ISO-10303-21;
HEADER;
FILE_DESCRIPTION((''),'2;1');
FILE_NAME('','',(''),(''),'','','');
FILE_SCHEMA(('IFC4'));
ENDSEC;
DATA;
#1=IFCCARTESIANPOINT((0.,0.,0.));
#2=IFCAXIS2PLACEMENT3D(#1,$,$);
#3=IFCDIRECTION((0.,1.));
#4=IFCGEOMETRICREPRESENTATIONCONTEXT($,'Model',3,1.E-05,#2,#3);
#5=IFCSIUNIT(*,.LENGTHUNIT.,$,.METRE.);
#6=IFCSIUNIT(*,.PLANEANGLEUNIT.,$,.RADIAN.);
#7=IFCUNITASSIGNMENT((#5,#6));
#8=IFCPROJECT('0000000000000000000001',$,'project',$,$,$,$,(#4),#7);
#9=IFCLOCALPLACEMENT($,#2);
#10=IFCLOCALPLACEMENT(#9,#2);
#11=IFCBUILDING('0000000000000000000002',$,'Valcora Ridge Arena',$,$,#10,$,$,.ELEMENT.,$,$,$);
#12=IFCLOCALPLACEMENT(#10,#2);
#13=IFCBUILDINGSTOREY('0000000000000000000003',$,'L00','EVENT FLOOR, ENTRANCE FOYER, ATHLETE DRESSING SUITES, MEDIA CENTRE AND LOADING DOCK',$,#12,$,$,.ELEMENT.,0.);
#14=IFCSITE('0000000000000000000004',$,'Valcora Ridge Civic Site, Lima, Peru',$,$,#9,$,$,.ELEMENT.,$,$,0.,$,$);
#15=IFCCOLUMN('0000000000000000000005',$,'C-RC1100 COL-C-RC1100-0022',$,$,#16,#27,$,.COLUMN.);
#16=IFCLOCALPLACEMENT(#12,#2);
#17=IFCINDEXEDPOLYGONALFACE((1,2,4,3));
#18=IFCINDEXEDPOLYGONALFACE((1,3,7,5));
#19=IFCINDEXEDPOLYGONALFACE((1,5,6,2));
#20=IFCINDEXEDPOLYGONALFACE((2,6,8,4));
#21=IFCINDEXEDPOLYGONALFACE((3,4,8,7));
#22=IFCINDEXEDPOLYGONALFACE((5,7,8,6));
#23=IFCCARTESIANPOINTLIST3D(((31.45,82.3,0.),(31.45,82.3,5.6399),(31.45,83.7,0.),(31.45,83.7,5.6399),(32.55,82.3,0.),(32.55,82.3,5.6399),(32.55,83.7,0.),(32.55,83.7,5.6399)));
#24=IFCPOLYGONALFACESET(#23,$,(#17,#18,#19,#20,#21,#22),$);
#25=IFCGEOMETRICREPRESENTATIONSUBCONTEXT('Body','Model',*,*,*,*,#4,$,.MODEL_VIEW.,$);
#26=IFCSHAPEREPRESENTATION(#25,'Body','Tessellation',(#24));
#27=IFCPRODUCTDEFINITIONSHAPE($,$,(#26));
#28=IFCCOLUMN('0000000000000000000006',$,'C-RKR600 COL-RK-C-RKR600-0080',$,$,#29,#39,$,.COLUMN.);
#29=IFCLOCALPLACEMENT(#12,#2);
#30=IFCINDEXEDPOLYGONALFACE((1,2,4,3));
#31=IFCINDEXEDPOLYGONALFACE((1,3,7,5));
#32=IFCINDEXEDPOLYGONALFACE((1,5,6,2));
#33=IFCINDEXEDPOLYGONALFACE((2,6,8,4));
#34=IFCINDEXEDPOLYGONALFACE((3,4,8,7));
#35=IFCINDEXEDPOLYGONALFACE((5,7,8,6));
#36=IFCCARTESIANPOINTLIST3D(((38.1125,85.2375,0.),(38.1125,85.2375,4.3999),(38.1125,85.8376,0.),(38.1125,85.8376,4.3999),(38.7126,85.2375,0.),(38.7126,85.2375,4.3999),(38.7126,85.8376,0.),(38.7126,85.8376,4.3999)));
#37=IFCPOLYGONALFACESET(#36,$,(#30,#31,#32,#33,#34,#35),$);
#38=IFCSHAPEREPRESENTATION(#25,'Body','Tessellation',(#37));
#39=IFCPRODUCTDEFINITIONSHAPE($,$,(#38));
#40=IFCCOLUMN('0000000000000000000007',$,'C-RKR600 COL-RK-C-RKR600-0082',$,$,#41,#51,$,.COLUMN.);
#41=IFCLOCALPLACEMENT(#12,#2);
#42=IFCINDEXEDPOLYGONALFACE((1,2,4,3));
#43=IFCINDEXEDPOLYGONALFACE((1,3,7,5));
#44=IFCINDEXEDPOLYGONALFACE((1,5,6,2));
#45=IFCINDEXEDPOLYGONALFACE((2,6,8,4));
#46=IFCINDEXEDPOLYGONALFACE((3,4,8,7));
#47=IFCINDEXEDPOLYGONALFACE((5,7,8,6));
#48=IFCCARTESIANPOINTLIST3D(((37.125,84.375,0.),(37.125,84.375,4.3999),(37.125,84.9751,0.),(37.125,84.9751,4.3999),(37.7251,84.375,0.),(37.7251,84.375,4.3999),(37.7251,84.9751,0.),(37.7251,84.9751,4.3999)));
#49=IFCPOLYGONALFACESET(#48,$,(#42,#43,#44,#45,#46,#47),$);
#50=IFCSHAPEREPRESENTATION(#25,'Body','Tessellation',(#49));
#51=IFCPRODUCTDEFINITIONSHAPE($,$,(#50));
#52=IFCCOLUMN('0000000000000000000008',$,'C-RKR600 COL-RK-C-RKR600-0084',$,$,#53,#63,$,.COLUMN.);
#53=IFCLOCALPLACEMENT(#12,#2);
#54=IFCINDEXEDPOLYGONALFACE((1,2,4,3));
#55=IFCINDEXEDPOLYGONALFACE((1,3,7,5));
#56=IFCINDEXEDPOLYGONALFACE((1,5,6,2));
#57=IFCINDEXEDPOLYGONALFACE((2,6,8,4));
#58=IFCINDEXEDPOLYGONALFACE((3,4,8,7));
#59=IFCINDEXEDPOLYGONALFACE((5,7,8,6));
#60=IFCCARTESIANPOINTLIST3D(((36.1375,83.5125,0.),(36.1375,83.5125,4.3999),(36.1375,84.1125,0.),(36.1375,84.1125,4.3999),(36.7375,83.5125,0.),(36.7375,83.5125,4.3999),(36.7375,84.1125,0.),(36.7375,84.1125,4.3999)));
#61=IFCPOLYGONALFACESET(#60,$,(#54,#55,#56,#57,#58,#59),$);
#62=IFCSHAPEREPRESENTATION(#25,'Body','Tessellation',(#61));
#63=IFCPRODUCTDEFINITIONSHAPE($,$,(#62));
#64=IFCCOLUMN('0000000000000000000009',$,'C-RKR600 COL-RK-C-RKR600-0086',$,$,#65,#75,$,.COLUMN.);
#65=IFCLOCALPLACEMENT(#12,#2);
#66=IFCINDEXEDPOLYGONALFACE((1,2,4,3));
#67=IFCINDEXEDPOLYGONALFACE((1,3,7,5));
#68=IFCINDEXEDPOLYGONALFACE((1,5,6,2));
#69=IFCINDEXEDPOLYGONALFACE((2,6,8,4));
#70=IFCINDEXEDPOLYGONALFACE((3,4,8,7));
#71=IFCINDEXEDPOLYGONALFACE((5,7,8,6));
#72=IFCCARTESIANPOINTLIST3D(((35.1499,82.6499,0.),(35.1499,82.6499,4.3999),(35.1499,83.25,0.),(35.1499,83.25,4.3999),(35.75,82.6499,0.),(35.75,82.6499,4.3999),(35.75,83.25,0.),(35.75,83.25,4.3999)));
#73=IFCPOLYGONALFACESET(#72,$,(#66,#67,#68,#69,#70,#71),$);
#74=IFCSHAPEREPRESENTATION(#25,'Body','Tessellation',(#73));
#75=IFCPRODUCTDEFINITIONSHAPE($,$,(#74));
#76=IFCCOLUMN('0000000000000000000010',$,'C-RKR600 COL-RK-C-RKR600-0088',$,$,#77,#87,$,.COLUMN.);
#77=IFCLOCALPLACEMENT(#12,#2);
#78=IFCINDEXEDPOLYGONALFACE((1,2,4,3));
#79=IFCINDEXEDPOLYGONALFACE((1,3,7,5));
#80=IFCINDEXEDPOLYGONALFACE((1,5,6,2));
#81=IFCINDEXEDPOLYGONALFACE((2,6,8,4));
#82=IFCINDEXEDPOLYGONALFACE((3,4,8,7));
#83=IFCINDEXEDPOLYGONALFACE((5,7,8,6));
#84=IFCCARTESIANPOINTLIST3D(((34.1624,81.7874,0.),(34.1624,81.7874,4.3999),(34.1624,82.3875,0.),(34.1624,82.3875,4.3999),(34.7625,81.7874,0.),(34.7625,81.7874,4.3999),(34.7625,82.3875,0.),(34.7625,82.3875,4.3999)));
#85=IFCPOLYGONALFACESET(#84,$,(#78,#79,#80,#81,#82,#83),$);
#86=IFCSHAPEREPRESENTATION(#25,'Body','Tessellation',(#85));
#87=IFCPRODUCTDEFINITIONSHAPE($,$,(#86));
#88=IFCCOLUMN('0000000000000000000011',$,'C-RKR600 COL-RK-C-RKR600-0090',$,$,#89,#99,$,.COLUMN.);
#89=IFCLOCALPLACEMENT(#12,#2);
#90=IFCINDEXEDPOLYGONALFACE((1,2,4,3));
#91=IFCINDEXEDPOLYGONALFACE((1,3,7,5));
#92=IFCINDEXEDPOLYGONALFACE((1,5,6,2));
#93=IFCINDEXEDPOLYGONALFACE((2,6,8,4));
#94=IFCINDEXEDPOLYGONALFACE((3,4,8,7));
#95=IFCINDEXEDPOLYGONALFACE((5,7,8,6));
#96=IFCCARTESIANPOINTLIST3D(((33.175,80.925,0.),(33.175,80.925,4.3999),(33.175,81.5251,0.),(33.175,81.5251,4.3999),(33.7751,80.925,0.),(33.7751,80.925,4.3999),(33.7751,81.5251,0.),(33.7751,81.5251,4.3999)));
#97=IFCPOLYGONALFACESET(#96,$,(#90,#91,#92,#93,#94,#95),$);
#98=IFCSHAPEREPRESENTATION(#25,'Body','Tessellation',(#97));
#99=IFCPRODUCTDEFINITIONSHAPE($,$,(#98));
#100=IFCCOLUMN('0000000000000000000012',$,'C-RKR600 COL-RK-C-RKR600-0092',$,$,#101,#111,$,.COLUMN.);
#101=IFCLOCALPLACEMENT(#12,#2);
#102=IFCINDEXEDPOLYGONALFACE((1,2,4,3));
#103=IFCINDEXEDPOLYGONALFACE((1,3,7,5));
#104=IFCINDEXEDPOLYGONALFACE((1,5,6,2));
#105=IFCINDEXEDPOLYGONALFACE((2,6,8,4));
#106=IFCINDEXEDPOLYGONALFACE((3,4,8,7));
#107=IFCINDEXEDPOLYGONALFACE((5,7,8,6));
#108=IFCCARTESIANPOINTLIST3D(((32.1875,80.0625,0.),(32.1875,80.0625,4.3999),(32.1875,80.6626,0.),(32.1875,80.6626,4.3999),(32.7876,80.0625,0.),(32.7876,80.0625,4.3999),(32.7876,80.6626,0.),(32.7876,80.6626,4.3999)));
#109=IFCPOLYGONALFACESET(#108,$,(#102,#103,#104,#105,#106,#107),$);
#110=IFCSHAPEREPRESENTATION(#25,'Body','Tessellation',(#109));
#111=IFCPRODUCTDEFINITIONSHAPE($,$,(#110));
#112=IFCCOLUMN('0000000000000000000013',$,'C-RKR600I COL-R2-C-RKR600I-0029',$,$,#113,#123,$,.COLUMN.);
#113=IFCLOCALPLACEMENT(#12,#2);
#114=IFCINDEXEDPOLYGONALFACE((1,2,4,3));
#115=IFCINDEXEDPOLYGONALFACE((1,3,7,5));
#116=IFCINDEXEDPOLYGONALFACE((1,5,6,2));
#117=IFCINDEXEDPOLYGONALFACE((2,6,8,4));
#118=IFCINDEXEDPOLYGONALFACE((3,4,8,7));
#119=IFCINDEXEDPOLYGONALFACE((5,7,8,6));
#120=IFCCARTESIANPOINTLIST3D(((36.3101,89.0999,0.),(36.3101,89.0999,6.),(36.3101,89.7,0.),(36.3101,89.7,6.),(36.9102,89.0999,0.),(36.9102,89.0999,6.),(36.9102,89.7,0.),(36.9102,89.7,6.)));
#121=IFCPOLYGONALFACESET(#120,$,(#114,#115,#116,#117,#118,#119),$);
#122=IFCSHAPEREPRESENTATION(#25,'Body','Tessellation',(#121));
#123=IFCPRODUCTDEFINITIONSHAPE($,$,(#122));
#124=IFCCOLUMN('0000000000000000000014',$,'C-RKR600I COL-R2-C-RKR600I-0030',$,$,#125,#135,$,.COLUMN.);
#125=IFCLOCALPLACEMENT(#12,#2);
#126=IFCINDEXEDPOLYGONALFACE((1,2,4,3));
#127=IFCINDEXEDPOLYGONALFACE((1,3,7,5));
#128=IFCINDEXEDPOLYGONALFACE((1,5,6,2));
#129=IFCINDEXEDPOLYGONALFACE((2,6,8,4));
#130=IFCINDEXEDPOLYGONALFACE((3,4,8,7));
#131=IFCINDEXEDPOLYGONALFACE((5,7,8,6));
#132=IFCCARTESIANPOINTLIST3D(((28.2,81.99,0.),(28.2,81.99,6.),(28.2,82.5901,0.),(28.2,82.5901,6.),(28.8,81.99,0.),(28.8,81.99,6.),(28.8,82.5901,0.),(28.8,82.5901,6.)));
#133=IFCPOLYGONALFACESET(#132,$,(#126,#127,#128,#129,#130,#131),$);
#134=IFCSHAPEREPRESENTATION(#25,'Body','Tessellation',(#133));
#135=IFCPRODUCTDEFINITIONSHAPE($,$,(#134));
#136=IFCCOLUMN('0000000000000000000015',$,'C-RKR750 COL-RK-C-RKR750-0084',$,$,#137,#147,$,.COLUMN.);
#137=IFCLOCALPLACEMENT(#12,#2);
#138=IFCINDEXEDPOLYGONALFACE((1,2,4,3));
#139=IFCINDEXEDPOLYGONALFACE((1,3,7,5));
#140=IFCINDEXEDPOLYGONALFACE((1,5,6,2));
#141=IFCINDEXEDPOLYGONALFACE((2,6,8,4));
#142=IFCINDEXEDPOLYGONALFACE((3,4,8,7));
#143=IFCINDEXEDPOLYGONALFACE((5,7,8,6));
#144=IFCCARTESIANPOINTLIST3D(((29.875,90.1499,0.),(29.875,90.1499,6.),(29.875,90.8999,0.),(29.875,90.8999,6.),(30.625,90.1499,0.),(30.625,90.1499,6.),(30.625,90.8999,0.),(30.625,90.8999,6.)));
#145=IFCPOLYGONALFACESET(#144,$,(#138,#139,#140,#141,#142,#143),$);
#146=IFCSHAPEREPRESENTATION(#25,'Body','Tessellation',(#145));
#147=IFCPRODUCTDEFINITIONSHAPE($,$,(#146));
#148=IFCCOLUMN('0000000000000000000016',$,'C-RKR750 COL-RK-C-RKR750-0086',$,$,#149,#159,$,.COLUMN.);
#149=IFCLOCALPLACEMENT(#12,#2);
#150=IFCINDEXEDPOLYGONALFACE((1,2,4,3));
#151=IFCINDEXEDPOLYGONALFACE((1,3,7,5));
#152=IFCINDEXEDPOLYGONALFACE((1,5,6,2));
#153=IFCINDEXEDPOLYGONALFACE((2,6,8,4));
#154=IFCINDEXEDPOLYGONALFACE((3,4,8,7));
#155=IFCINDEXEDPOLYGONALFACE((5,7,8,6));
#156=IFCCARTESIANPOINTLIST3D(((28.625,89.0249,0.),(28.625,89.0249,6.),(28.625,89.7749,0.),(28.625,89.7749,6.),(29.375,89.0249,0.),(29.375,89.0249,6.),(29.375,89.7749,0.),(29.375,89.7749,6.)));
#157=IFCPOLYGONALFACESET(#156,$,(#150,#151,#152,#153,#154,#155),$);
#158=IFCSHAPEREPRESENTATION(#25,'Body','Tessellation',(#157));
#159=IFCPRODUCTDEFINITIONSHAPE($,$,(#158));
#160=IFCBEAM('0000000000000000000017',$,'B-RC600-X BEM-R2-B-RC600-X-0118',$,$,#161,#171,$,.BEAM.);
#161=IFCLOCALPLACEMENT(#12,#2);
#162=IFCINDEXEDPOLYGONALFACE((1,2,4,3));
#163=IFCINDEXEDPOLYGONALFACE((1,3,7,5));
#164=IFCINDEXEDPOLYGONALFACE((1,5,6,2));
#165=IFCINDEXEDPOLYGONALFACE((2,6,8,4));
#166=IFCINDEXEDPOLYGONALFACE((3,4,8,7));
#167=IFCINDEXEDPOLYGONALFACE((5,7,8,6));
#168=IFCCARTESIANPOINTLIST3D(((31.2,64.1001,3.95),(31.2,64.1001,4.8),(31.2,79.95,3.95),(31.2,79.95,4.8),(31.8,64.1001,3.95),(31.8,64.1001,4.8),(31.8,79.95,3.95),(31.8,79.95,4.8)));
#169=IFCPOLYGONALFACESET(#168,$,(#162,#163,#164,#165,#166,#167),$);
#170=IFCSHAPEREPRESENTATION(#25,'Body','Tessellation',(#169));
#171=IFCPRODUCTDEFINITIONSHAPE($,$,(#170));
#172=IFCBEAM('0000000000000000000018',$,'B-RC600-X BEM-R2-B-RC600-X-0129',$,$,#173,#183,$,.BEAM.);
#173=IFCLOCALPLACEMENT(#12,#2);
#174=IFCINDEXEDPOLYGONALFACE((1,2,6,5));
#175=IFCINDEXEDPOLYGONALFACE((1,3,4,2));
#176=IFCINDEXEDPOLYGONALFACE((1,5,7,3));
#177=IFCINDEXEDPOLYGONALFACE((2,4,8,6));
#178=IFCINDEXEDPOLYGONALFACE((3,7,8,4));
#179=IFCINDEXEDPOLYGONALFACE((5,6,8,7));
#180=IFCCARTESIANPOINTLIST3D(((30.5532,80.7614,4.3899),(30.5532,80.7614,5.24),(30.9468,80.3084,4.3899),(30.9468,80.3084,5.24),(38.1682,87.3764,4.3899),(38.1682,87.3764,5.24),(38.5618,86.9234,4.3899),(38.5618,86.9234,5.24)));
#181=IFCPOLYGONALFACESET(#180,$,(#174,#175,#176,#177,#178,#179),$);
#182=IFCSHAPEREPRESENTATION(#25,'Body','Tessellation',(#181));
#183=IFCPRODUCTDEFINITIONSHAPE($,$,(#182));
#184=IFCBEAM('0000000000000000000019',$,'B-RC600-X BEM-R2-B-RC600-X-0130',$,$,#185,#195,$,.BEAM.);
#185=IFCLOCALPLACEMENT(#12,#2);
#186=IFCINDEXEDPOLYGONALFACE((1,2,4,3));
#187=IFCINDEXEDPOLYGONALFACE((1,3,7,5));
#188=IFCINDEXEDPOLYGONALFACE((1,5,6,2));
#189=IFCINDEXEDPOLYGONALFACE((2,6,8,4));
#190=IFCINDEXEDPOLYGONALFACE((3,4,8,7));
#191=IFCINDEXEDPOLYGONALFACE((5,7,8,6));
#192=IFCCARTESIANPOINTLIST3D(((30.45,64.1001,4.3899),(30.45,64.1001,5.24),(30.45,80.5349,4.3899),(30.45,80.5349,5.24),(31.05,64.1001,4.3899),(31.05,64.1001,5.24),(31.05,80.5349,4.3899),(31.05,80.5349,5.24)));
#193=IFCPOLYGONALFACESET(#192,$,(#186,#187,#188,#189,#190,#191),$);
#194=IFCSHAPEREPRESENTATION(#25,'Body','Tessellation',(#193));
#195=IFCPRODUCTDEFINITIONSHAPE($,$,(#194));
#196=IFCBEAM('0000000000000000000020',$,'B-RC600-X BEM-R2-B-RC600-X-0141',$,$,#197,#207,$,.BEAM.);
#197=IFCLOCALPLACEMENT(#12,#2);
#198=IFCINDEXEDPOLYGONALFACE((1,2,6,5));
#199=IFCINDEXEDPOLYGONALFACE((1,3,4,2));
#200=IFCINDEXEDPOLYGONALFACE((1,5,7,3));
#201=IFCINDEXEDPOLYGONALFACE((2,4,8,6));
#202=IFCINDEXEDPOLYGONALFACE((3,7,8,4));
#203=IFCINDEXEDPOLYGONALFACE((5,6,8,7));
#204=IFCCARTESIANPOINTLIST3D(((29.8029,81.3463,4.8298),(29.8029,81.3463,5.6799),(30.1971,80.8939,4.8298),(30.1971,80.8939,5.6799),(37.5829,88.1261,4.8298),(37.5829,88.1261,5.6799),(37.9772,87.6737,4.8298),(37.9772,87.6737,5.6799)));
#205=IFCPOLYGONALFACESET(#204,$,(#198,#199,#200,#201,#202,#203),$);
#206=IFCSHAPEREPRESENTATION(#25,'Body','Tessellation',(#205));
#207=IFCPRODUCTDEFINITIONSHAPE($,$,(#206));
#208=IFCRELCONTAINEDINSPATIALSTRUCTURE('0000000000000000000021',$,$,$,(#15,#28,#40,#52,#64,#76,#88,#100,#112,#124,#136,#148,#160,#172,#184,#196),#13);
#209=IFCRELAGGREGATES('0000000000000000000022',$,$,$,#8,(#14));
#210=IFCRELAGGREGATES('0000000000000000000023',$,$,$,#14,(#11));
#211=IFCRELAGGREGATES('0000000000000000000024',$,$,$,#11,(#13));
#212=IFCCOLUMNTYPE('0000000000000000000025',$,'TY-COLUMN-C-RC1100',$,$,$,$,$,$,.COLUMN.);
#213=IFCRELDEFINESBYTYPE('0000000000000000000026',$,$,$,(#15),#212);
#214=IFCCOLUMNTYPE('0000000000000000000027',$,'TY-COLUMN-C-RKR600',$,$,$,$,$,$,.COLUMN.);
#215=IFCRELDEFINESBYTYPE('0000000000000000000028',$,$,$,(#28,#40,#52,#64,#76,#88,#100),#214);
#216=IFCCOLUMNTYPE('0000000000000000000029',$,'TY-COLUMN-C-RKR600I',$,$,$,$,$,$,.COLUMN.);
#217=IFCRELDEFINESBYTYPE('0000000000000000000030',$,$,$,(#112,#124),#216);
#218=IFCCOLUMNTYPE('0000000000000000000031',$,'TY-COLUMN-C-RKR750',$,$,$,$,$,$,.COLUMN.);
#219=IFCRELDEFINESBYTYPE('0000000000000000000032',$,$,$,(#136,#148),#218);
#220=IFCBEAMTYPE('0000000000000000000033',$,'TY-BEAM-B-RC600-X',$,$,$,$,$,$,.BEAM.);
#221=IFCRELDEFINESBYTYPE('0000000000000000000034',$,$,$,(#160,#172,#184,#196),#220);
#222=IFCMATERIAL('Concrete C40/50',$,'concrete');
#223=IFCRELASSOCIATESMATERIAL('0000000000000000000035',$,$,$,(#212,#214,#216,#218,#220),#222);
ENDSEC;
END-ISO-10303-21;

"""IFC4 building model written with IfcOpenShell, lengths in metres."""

from ifc_helpers import new_model, si_unit, direction, frame, origin, origin_2d, place, context, subcontext, project, spatial, rectangle, extrude, material, material_profile, profile_set, type_object, element, save


model = new_model("IFC4")

# Units and contexts
model_context = context("Model", 3, precision=1e-05, world=origin(), true_north=direction((0.0, 1.0)))
body_context = subcontext(model_context, "Body", "Model", "MODEL_VIEW")
ifc_project = project(units=[si_unit("LENGTHUNIT", "METRE"), si_unit("PLANEANGLEUNIT", "RADIAN")], contexts=[model_context])

# Site, building, storey
site_placement = place(None, origin())
site = spatial("IfcSite", under=ifc_project, at=site_placement, Name="Valcora Ridge Civic Site, Lima, Peru", CompositionType="ELEMENT", RefElevation=0.0)
building_placement = place(site_placement, origin())
building = spatial("IfcBuilding", under=site, at=building_placement, Name="Valcora Ridge Arena", CompositionType="ELEMENT")
storey_placement = place(building_placement, origin())
storey = spatial("IfcBuildingStorey", under=building, at=storey_placement, Name="L00", Description="EVENT FLOOR, ENTRANCE FOYER, ATHLETE DRESSING SUITES, MEDIA CENTRE AND LOADING DOCK", CompositionType="ELEMENT", Elevation=0.0)

# Columns
ifc_material_1 = material(Name="Concrete C40/50", Category="concrete")
ifc_material_profile_1 = material_profile(ifc_material_1, rectangle(XDim=1.1001, YDim=1.3999, at=origin_2d()), Name="RC 1100x1400")
ifc_profile_set_1 = profile_set([ifc_material_profile_1], Name="Concrete C40/50")
column_type_1 = type_object("IfcColumnType", Name="TY-COLUMN-C-RC1100", PredefinedType="COLUMN", material=ifc_profile_set_1)
column_placement = place(storey_placement, frame((32.0, 83.0, 0.0), z_axis=(0.0, 0.0, 1.0), x_axis=(1.0, 0.0, 0.0)))
element("IfcColumn", 1, at=column_placement, inside=storey, type_object=column_type_1, Name="C-RC1100 COL-C-RC1100-0022", PredefinedType="COLUMN", context=body_context, shape_type="SweptSolid", body=[
    extrude(rectangle(XDim=1.1001, YDim=1.3999, at=origin_2d()), origin(), (0.0, 0.0, 1.0), 5.6399),
])
ifc_material_profile_2 = material_profile(ifc_material_1, rectangle(XDim=0.6001, YDim=0.6001, at=origin_2d()), Name="RC 600x600")
ifc_profile_set_2 = profile_set([ifc_material_profile_2], Name="Concrete C40/50")
column_type_2 = type_object("IfcColumnType", Name="TY-COLUMN-C-RKR600", PredefinedType="COLUMN", material=ifc_profile_set_2)
for number, where, z_axis, x_axis, name in (
    (2, (38.4126, 85.5376, 0.0), (0.0, 0.0, 1.0), (1.0, 0.0, 0.0), "C-RKR600 COL-RK-C-RKR600-0080"),
    (3, (37.425, 84.675, 0.0), (0.0, 0.0, 1.0), (1.0, 0.0, 0.0), "C-RKR600 COL-RK-C-RKR600-0082"),
    (4, (36.4375, 83.8125, 0.0), (0.0, 0.0, 1.0), (1.0, 0.0, 0.0), "C-RKR600 COL-RK-C-RKR600-0084"),
    (5, (35.45, 82.95, 0.0), (0.0, 0.0, 1.0), (1.0, 0.0, 0.0), "C-RKR600 COL-RK-C-RKR600-0086"),
    (6, (34.4624, 82.0874, 0.0), (0.0, 0.0, 1.0), (1.0, 0.0, 0.0), "C-RKR600 COL-RK-C-RKR600-0088"),
    (7, (33.4751, 81.2251, 0.0), (0.0, 0.0, 1.0), (1.0, 0.0, 0.0), "C-RKR600 COL-RK-C-RKR600-0090"),
    (8, (32.4875, 80.3625, 0.0), (0.0, 0.0, 1.0), (1.0, 0.0, 0.0), "C-RKR600 COL-RK-C-RKR600-0092"),
):
    element("IfcColumn", number, at=place(storey_placement, frame(where, z_axis=z_axis, x_axis=x_axis)), inside=storey, type_object=column_type_2, Name=name, PredefinedType="COLUMN", context=body_context, shape_type="SweptSolid", body=[
        extrude(rectangle(XDim=0.6001, YDim=0.6001, at=origin_2d()), origin(), (0.0, 0.0, 1.0), 4.3999),
    ])
ifc_material_profile_3 = material_profile(ifc_material_1, rectangle(XDim=0.6001, YDim=0.6001, at=origin_2d()), Name="RC 600x600")
ifc_profile_set_3 = profile_set([ifc_material_profile_3], Name="Concrete C40/50")
column_type_3 = type_object("IfcColumnType", Name="TY-COLUMN-C-RKR600I", PredefinedType="COLUMN", material=ifc_profile_set_3)
for number, where, z_axis, x_axis, name in (
    (9, (36.6101, 89.3999, 0.0), (0.0, 0.0, 1.0), (1.0, 0.0, 0.0), "C-RKR600I COL-R2-C-RKR600I-0029"),
    (10, (28.5, 82.29, 0.0), (0.0, 0.0, 1.0), (1.0, 0.0, 0.0), "C-RKR600I COL-R2-C-RKR600I-0030"),
):
    element("IfcColumn", number, at=place(storey_placement, frame(where, z_axis=z_axis, x_axis=x_axis)), inside=storey, type_object=column_type_3, Name=name, PredefinedType="COLUMN", context=body_context, shape_type="SweptSolid", body=[
        extrude(rectangle(XDim=0.6001, YDim=0.6001, at=origin_2d()), origin(), (0.0, 0.0, 1.0), 6.0),
    ])
ifc_material_profile_4 = material_profile(ifc_material_1, rectangle(XDim=0.75, YDim=0.75, at=origin_2d()), Name="RC 750x750")
ifc_profile_set_4 = profile_set([ifc_material_profile_4], Name="Concrete C40/50")
column_type_4 = type_object("IfcColumnType", Name="TY-COLUMN-C-RKR750", PredefinedType="COLUMN", material=ifc_profile_set_4)
for number, where, z_axis, x_axis, name in (
    (11, (30.25, 90.5249, 0.0), (0.0, 0.0, 1.0), (1.0, 0.0, 0.0), "C-RKR750 COL-RK-C-RKR750-0084"),
    (12, (29.0, 89.3999, 0.0), (0.0, 0.0, 1.0), (1.0, 0.0, 0.0), "C-RKR750 COL-RK-C-RKR750-0086"),
):
    element("IfcColumn", number, at=place(storey_placement, frame(where, z_axis=z_axis, x_axis=x_axis)), inside=storey, type_object=column_type_4, Name=name, PredefinedType="COLUMN", context=body_context, shape_type="SweptSolid", body=[
        extrude(rectangle(XDim=0.75, YDim=0.75, at=origin_2d()), origin(), (0.0, 0.0, 1.0), 6.0),
    ])

# Beams
ifc_material_profile_5 = material_profile(ifc_material_1, rectangle(XDim=0.6001, YDim=0.8501, at=origin_2d()), Name="RC 600x850")
ifc_profile_set_5 = profile_set([ifc_material_profile_5], Name="Concrete C40/50")
beam_type = type_object("IfcBeamType", Name="TY-BEAM-B-RC600-X", PredefinedType="BEAM", material=ifc_profile_set_5)
beam_1_placement = place(storey_placement, frame((31.5, 79.95, 4.375), z_axis=(0.0, -1.0, 0.0), x_axis=(1.0, 0.0, 0.0)))
element("IfcBeam", 13, at=beam_1_placement, inside=storey, type_object=beam_type, Name="B-RC600-X BEM-R2-B-RC600-X-0118", PredefinedType="BEAM", context=body_context, shape_type="SweptSolid", body=[
    extrude(rectangle(XDim=0.6001, YDim=0.8501, at=origin_2d()), origin(), (0.0, 0.0, 1.0), 15.8499),
])
beam_2_placement = place(storey_placement, frame((38.365, 87.1499, 4.8149), z_axis=(-0.754936, -0.655798, 0.0), x_axis=(0.655798, -0.754936, 0.0)))
element("IfcBeam", 14, at=beam_2_placement, inside=storey, type_object=beam_type, Name="B-RC600-X BEM-R2-B-RC600-X-0129", PredefinedType="BEAM", context=body_context, shape_type="SweptSolid", body=[
    extrude(rectangle(XDim=0.6001, YDim=0.8501, at=origin_2d()), origin(), (0.0, 0.0, 1.0), 10.0869),
])
beam_3_placement = place(storey_placement, frame((30.75, 80.5349, 4.8149), z_axis=(0.0, -1.0, 0.0), x_axis=(1.0, 0.0, 0.0)))
element("IfcBeam", 15, at=beam_3_placement, inside=storey, type_object=beam_type, Name="B-RC600-X BEM-R2-B-RC600-X-0130", PredefinedType="BEAM", context=body_context, shape_type="SweptSolid", body=[
    extrude(rectangle(XDim=0.6001, YDim=0.8501, at=origin_2d()), origin(), (0.0, 0.0, 1.0), 16.4348),
])
beam_4_placement = place(storey_placement, frame((37.78, 87.8999, 5.2549), z_axis=(-0.753907, -0.656981, 0.0), x_axis=(0.656981, -0.753907, 0.0)))
element("IfcBeam", 16, at=beam_4_placement, inside=storey, type_object=beam_type, Name="B-RC600-X BEM-R2-B-RC600-X-0141", PredefinedType="BEAM", context=body_context, shape_type="SweptSolid", body=[
    extrude(rectangle(XDim=0.6001, YDim=0.8501, at=origin_2d()), origin(), (0.0, 0.0, 1.0), 10.3196),
])

save(model, "model.ifc")
